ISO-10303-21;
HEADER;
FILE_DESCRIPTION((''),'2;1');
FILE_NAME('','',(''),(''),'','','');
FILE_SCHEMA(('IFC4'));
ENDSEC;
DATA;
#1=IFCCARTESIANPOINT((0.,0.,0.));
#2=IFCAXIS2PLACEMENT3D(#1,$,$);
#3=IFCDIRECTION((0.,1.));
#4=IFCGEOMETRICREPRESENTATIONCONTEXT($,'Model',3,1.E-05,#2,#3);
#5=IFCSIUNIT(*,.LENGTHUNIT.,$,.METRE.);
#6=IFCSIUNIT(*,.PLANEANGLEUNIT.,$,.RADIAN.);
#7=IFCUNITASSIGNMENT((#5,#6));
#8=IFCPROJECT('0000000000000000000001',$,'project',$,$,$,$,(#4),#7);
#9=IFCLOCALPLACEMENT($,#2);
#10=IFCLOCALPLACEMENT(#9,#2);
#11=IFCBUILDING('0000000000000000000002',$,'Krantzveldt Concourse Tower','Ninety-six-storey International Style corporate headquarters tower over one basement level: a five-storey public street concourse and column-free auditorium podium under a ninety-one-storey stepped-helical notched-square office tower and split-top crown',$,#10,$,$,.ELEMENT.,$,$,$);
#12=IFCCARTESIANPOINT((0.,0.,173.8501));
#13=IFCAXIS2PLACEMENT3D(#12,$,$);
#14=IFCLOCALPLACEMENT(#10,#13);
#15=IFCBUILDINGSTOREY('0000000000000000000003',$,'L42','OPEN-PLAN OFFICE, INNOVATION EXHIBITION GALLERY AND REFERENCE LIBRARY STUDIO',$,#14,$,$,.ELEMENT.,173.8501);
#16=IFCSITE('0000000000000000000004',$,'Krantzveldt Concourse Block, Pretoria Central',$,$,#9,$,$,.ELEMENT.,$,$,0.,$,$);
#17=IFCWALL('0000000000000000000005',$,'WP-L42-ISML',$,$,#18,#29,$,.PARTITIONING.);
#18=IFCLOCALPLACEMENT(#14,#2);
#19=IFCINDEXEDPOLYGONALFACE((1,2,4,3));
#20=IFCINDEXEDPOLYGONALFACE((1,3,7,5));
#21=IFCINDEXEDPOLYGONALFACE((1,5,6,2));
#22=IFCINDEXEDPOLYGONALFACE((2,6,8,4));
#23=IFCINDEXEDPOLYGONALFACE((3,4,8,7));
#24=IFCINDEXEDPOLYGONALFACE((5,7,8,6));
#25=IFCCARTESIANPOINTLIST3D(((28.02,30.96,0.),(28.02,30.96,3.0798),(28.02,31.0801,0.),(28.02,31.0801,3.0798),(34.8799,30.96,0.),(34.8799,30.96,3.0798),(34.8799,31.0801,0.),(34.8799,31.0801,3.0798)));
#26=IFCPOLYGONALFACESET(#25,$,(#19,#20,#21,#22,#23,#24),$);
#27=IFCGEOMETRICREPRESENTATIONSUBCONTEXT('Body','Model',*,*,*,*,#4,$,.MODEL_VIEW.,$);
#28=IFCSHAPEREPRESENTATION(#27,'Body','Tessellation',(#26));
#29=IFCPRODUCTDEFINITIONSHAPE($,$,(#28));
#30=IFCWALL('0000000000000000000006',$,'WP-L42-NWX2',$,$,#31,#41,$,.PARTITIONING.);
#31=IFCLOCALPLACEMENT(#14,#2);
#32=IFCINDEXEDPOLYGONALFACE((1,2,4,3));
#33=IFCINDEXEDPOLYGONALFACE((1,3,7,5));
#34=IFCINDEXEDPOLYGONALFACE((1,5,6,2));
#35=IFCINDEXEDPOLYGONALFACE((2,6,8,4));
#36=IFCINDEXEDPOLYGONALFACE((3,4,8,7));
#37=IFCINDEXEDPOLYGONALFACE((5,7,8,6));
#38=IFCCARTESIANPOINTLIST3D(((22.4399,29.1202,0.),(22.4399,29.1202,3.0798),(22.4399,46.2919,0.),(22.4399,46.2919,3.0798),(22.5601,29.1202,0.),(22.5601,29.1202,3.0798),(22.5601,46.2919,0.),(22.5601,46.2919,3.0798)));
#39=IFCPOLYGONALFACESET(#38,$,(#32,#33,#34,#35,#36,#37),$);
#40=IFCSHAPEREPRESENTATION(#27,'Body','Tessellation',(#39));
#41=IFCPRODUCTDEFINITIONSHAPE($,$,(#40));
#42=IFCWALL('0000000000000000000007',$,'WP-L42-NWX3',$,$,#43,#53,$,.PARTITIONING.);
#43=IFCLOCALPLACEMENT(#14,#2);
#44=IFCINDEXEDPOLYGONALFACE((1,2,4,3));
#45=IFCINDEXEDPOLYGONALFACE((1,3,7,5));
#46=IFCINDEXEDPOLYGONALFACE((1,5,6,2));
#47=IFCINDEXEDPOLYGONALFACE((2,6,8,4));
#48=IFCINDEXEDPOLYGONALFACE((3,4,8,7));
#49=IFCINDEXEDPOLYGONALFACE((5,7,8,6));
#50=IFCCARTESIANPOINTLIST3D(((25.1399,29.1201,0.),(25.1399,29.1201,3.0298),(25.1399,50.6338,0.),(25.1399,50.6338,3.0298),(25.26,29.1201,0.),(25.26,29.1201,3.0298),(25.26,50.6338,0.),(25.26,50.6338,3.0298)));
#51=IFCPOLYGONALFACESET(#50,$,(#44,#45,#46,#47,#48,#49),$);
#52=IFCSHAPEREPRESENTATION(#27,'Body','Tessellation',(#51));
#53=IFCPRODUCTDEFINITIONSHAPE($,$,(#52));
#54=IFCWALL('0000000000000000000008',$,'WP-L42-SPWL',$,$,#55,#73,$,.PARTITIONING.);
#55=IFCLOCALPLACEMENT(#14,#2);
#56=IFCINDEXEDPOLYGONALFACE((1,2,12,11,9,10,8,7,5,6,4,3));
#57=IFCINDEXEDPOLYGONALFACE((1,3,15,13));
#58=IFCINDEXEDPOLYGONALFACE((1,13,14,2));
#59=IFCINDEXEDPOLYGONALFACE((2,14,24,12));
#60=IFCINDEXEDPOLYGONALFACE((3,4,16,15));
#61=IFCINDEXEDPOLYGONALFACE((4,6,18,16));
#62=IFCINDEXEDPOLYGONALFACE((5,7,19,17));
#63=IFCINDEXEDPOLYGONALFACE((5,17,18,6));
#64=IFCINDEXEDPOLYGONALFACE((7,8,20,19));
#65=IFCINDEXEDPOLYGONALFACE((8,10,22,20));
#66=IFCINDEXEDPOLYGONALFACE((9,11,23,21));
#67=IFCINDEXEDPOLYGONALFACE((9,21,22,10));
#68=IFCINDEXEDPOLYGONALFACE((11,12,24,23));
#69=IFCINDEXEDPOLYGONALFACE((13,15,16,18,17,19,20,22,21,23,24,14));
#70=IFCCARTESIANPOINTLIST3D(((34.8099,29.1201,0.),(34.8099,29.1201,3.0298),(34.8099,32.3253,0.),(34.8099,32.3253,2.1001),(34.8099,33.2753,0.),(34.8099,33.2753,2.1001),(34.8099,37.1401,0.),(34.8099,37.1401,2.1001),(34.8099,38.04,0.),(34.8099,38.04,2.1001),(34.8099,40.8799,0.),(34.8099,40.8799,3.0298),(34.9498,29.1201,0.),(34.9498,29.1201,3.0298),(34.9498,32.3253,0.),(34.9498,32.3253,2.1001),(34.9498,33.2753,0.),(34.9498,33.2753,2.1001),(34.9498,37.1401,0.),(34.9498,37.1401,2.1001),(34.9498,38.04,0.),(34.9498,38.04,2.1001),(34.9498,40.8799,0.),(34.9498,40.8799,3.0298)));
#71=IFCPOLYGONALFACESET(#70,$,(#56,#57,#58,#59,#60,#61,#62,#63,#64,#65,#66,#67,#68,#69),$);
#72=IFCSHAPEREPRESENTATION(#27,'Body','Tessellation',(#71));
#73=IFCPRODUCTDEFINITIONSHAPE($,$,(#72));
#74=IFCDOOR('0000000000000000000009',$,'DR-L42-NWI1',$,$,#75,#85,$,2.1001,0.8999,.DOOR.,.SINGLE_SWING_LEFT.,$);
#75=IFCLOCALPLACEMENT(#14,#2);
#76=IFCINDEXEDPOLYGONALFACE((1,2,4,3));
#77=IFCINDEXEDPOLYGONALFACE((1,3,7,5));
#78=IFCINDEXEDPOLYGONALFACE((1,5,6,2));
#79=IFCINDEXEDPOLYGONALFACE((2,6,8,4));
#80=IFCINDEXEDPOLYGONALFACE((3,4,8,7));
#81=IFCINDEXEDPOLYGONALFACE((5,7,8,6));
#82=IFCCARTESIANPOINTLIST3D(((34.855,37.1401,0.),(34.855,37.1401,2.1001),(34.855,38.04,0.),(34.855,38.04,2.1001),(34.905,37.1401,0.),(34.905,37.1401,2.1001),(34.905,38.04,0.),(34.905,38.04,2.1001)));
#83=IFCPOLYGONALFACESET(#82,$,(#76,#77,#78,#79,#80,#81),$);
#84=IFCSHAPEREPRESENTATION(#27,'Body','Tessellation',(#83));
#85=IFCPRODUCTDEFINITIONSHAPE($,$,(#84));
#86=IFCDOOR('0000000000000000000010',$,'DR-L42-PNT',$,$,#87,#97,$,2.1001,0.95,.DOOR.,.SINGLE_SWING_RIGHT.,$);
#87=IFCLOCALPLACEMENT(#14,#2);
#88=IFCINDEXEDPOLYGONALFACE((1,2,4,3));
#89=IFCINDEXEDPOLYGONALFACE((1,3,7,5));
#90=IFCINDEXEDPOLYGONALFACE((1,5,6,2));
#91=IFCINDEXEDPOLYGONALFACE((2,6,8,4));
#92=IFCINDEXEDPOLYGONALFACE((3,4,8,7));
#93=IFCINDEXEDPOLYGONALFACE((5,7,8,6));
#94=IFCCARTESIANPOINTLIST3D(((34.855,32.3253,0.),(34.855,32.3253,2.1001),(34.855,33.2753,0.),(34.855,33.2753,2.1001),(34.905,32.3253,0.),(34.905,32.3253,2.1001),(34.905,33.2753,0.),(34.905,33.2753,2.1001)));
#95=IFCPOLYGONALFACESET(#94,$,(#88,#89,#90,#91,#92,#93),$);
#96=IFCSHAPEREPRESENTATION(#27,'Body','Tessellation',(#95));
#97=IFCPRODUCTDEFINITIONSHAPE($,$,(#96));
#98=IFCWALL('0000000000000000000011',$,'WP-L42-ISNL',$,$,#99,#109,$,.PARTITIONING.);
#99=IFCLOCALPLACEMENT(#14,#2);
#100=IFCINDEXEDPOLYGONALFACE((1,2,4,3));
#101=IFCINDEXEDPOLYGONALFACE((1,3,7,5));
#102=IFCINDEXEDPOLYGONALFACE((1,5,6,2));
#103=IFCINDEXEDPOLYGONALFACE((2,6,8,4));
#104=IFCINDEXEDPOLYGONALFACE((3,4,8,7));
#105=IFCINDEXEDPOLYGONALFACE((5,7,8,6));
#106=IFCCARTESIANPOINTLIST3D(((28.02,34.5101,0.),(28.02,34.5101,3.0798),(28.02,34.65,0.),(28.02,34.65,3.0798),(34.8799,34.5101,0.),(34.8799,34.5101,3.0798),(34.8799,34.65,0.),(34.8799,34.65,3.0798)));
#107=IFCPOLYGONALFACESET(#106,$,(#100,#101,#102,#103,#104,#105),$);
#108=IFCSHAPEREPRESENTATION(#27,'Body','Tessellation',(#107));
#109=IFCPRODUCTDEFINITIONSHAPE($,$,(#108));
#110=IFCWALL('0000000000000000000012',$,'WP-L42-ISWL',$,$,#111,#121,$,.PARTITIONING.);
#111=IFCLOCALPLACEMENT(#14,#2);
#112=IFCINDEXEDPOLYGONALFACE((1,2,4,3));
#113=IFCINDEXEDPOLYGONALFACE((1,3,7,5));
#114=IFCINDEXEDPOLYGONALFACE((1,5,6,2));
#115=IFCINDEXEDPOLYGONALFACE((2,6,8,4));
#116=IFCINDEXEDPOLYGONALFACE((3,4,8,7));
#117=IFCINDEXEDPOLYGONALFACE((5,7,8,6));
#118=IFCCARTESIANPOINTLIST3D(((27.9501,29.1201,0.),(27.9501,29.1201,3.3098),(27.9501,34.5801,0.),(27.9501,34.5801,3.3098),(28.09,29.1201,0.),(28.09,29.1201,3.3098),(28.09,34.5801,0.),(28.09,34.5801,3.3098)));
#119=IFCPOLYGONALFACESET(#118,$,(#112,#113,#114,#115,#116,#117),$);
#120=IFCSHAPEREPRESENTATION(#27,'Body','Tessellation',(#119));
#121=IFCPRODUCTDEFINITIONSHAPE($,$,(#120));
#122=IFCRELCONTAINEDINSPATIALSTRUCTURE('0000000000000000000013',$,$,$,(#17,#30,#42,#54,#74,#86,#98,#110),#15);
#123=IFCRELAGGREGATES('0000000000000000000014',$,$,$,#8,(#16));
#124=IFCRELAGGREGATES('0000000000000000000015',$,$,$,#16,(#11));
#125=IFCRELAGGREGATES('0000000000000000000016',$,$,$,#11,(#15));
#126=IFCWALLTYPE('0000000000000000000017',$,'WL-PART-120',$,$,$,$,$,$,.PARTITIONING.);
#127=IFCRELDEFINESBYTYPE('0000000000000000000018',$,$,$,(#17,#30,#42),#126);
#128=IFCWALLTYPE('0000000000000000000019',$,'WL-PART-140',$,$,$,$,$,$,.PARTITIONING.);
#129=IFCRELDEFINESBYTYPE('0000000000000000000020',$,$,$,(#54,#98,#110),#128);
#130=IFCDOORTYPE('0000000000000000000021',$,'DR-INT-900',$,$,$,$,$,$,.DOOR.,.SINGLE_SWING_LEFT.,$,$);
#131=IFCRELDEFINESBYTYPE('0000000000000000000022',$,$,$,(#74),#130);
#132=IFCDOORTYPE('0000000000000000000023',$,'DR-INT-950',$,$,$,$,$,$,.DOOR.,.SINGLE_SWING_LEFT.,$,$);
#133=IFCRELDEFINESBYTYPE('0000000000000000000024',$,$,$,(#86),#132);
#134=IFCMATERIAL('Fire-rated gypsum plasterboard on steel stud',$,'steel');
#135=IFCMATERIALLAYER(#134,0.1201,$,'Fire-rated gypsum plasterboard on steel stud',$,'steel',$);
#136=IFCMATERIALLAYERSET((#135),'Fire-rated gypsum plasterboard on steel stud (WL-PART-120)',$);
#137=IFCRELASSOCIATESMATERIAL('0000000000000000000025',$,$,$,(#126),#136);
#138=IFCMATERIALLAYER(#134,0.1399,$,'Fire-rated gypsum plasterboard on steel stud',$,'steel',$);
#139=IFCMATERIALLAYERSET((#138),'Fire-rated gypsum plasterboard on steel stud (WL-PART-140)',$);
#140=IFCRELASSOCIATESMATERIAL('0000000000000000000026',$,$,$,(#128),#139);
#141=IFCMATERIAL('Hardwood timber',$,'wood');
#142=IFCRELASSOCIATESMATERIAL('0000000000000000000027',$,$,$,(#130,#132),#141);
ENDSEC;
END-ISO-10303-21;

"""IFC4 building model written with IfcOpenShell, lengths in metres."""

from ifc_helpers import new_model, si_unit, direction, frame, frame_2d, origin, place, context, subcontext, project, spatial, rectangle, extrude, material, layer, layer_set, type_object, element, fill, save


model = new_model("IFC4")

# Units and contexts
model_context = context("Model", 3, precision=1e-05, world=origin(), true_north=direction((0.0, 1.0)))
body_context = subcontext(model_context, "Body", "Model", "MODEL_VIEW")
ifc_project = project(units=[si_unit("LENGTHUNIT", "METRE"), si_unit("PLANEANGLEUNIT", "RADIAN")], contexts=[model_context])

# Site, building, storey
site_placement = place(None, origin())
site = spatial("IfcSite", under=ifc_project, at=site_placement, Name="Krantzveldt Concourse Block, Pretoria Central", CompositionType="ELEMENT", RefElevation=0.0)
building_placement = place(site_placement, origin())
building = spatial("IfcBuilding", under=site, at=building_placement, Name="Krantzveldt Concourse Tower", Description="Ninety-six-storey International Style corporate headquarters tower over one basement level: a five-storey public street concourse and column-free auditorium podium under a ninety-one-storey stepped-helical notched-square office tower and split-top crown", CompositionType="ELEMENT")
storey_placement = place(building_placement, frame((0.0, 0.0, 173.8501)))
storey = spatial("IfcBuildingStorey", under=building, at=storey_placement, Name="L42", Description="OPEN-PLAN OFFICE, INNOVATION EXHIBITION GALLERY AND REFERENCE LIBRARY STUDIO", CompositionType="ELEMENT", Elevation=173.8501)

# Walls
ifc_material_1 = material(Name="Fire-rated gypsum plasterboard on steel stud", Category="steel")
ifc_layer_1 = layer(ifc_material_1, 0.1201, Name="Fire-rated gypsum plasterboard on steel stud", Category="steel")
ifc_layer_set_1 = layer_set([ifc_layer_1], Name="Fire-rated gypsum plasterboard on steel stud (WL-PART-120)")
wall_type_1 = type_object("IfcWallType", Name="WL-PART-120", PredefinedType="PARTITIONING", material=ifc_layer_set_1)
wall_1_placement = place(storey_placement, frame((28.02, 31.02, 0.0), z_axis=(0.0, 0.0, 1.0), x_axis=(1.0, 0.0, 0.0)))
element("IfcWall", 1, at=wall_1_placement, inside=storey, type_object=wall_type_1, Name="WP-L42-ISML", PredefinedType="PARTITIONING", context=body_context, shape_type="SweptSolid", body=[
    extrude(rectangle(XDim=6.8599, YDim=0.1201, at=frame_2d((3.4299, 0.0))), origin(), (0.0, 0.0, 1.0), 3.0798),
])
wall_2_placement = place(storey_placement, frame((22.5, 29.1201, 0.0), z_axis=(0.0, 0.0, 1.0), x_axis=(0.0, 1.0, 0.0)))
element("IfcWall", 2, at=wall_2_placement, inside=storey, type_object=wall_type_1, Name="WP-L42-NWX2", PredefinedType="PARTITIONING", context=body_context, shape_type="SweptSolid", body=[
    extrude(rectangle(XDim=17.1716, YDim=0.1201, at=frame_2d((8.5859, 0.0))), origin(), (0.0, 0.0, 1.0), 3.0798),
])
wall_3_placement = place(storey_placement, frame((25.2, 29.1201, 0.0), z_axis=(0.0, 0.0, 1.0), x_axis=(0.0, 1.0, 0.0)))
element("IfcWall", 3, at=wall_3_placement, inside=storey, type_object=wall_type_1, Name="WP-L42-NWX3", PredefinedType="PARTITIONING", context=body_context, shape_type="SweptSolid", body=[
    extrude(rectangle(XDim=21.5137, YDim=0.1201, at=frame_2d((10.7568, 0.0))), origin(), (0.0, 0.0, 1.0), 3.0298),
])

# Wall, openings, doors
ifc_layer_2 = layer(ifc_material_1, 0.1399, Name="Fire-rated gypsum plasterboard on steel stud", Category="steel")
ifc_layer_set_2 = layer_set([ifc_layer_2], Name="Fire-rated gypsum plasterboard on steel stud (WL-PART-140)")
wall_type_2 = type_object("IfcWallType", Name="WL-PART-140", PredefinedType="PARTITIONING", material=ifc_layer_set_2)
wall_4_placement = place(storey_placement, frame((34.8799, 29.1201, 0.0), z_axis=(0.0, 0.0, 1.0), x_axis=(0.0, 1.0, 0.0)))
wall_4 = element("IfcWall", 4, at=wall_4_placement, inside=storey, type_object=wall_type_2, Name="WP-L42-SPWL", PredefinedType="PARTITIONING", context=body_context, shape_type="SweptSolid", body=[
    extrude(rectangle(XDim=11.7598, YDim=0.1399, at=frame_2d((5.8799, 0.0))), origin(), (0.0, 0.0, 1.0), 3.0298),
])
opening_1_placement = place(wall_4_placement, frame((3.2051, 0.0, 0.0)))
opening_1 = element("IfcOpeningElement", 5, at=opening_1_placement, cuts=wall_4, PredefinedType="OPENING", context=body_context, shape_type="SweptSolid", body=[
    extrude(rectangle(XDim=0.95, YDim=2.1001, at=frame_2d((0.4751, 1.05))), frame((0.0, 0.0801, 0.0), z_axis=(0.0, -1.0, 0.0), x_axis=(1.0, 0.0, 0.0)), (0.0, 0.0, 1.0), 0.1599),
])
opening_2_placement = place(wall_4_placement, frame((8.02, 0.0, 0.0)))
opening_2 = element("IfcOpeningElement", 6, at=opening_2_placement, cuts=wall_4, PredefinedType="OPENING", context=body_context, shape_type="SweptSolid", body=[
    extrude(rectangle(XDim=0.8999, YDim=2.1001, at=frame_2d((0.45, 1.05))), frame((0.0, 0.0801, 0.0), z_axis=(0.0, -1.0, 0.0), x_axis=(1.0, 0.0, 0.0)), (0.0, 0.0, 1.0), 0.1599),
])
ifc_material_2 = material(Name="Hardwood timber", Category="wood")
door_type_1 = type_object("IfcDoorType", Name="DR-INT-900", OperationType="SINGLE_SWING_LEFT", PredefinedType="DOOR", material=ifc_material_2)
door_1_placement = place(opening_2_placement, origin())
door_1 = element("IfcDoor", 7, at=door_1_placement, inside=storey, type_object=door_type_1, Name="DR-L42-NWI1", OperationType="SINGLE_SWING_LEFT", OverallHeight=2.1001, OverallWidth=0.8999, PredefinedType="DOOR", context=body_context, shape_type="SweptSolid", body=[
    extrude(rectangle(XDim=0.8999, YDim=2.1001, at=frame_2d((0.45, 1.05))), frame((0.0, 0.0249, 0.0), z_axis=(0.0, -1.0, 0.0), x_axis=(1.0, 0.0, 0.0)), (0.0, 0.0, 1.0), 0.05),
])
fill(opening_2, door_1)
door_type_2 = type_object("IfcDoorType", Name="DR-INT-950", OperationType="SINGLE_SWING_LEFT", PredefinedType="DOOR", material=ifc_material_2)
door_2_placement = place(opening_1_placement, origin())
door_2 = element("IfcDoor", 8, at=door_2_placement, inside=storey, type_object=door_type_2, Name="DR-L42-PNT", OperationType="SINGLE_SWING_RIGHT", OverallHeight=2.1001, OverallWidth=0.95, PredefinedType="DOOR", context=body_context, shape_type="SweptSolid", body=[
    extrude(rectangle(XDim=0.95, YDim=2.1001, at=frame_2d((0.4751, 1.05))), frame((0.0, 0.0249, 0.0), z_axis=(0.0, -1.0, 0.0), x_axis=(1.0, 0.0, 0.0)), (0.0, 0.0, 1.0), 0.05),
])
fill(opening_1, door_2)

# Walls
wall_5_placement = place(storey_placement, frame((28.02, 34.5801, 0.0), z_axis=(0.0, 0.0, 1.0), x_axis=(1.0, 0.0, 0.0)))
element("IfcWall", 9, at=wall_5_placement, inside=storey, type_object=wall_type_2, Name="WP-L42-ISNL", PredefinedType="PARTITIONING", context=body_context, shape_type="SweptSolid", body=[
    extrude(rectangle(XDim=6.8599, YDim=0.1399, at=frame_2d((3.4299, 0.0))), origin(), (0.0, 0.0, 1.0), 3.0798),
])
wall_6_placement = place(storey_placement, frame((28.02, 29.1201, 0.0), z_axis=(0.0, 0.0, 1.0), x_axis=(0.0, 1.0, 0.0)))
element("IfcWall", 10, at=wall_6_placement, inside=storey, type_object=wall_type_2, Name="WP-L42-ISWL", PredefinedType="PARTITIONING", context=body_context, shape_type="SweptSolid", body=[
    extrude(rectangle(XDim=5.46, YDim=0.1399, at=frame_2d((2.73, 0.0))), origin(), (0.0, 0.0, 1.0), 3.3098),
])

save(model, "model.ifc")
